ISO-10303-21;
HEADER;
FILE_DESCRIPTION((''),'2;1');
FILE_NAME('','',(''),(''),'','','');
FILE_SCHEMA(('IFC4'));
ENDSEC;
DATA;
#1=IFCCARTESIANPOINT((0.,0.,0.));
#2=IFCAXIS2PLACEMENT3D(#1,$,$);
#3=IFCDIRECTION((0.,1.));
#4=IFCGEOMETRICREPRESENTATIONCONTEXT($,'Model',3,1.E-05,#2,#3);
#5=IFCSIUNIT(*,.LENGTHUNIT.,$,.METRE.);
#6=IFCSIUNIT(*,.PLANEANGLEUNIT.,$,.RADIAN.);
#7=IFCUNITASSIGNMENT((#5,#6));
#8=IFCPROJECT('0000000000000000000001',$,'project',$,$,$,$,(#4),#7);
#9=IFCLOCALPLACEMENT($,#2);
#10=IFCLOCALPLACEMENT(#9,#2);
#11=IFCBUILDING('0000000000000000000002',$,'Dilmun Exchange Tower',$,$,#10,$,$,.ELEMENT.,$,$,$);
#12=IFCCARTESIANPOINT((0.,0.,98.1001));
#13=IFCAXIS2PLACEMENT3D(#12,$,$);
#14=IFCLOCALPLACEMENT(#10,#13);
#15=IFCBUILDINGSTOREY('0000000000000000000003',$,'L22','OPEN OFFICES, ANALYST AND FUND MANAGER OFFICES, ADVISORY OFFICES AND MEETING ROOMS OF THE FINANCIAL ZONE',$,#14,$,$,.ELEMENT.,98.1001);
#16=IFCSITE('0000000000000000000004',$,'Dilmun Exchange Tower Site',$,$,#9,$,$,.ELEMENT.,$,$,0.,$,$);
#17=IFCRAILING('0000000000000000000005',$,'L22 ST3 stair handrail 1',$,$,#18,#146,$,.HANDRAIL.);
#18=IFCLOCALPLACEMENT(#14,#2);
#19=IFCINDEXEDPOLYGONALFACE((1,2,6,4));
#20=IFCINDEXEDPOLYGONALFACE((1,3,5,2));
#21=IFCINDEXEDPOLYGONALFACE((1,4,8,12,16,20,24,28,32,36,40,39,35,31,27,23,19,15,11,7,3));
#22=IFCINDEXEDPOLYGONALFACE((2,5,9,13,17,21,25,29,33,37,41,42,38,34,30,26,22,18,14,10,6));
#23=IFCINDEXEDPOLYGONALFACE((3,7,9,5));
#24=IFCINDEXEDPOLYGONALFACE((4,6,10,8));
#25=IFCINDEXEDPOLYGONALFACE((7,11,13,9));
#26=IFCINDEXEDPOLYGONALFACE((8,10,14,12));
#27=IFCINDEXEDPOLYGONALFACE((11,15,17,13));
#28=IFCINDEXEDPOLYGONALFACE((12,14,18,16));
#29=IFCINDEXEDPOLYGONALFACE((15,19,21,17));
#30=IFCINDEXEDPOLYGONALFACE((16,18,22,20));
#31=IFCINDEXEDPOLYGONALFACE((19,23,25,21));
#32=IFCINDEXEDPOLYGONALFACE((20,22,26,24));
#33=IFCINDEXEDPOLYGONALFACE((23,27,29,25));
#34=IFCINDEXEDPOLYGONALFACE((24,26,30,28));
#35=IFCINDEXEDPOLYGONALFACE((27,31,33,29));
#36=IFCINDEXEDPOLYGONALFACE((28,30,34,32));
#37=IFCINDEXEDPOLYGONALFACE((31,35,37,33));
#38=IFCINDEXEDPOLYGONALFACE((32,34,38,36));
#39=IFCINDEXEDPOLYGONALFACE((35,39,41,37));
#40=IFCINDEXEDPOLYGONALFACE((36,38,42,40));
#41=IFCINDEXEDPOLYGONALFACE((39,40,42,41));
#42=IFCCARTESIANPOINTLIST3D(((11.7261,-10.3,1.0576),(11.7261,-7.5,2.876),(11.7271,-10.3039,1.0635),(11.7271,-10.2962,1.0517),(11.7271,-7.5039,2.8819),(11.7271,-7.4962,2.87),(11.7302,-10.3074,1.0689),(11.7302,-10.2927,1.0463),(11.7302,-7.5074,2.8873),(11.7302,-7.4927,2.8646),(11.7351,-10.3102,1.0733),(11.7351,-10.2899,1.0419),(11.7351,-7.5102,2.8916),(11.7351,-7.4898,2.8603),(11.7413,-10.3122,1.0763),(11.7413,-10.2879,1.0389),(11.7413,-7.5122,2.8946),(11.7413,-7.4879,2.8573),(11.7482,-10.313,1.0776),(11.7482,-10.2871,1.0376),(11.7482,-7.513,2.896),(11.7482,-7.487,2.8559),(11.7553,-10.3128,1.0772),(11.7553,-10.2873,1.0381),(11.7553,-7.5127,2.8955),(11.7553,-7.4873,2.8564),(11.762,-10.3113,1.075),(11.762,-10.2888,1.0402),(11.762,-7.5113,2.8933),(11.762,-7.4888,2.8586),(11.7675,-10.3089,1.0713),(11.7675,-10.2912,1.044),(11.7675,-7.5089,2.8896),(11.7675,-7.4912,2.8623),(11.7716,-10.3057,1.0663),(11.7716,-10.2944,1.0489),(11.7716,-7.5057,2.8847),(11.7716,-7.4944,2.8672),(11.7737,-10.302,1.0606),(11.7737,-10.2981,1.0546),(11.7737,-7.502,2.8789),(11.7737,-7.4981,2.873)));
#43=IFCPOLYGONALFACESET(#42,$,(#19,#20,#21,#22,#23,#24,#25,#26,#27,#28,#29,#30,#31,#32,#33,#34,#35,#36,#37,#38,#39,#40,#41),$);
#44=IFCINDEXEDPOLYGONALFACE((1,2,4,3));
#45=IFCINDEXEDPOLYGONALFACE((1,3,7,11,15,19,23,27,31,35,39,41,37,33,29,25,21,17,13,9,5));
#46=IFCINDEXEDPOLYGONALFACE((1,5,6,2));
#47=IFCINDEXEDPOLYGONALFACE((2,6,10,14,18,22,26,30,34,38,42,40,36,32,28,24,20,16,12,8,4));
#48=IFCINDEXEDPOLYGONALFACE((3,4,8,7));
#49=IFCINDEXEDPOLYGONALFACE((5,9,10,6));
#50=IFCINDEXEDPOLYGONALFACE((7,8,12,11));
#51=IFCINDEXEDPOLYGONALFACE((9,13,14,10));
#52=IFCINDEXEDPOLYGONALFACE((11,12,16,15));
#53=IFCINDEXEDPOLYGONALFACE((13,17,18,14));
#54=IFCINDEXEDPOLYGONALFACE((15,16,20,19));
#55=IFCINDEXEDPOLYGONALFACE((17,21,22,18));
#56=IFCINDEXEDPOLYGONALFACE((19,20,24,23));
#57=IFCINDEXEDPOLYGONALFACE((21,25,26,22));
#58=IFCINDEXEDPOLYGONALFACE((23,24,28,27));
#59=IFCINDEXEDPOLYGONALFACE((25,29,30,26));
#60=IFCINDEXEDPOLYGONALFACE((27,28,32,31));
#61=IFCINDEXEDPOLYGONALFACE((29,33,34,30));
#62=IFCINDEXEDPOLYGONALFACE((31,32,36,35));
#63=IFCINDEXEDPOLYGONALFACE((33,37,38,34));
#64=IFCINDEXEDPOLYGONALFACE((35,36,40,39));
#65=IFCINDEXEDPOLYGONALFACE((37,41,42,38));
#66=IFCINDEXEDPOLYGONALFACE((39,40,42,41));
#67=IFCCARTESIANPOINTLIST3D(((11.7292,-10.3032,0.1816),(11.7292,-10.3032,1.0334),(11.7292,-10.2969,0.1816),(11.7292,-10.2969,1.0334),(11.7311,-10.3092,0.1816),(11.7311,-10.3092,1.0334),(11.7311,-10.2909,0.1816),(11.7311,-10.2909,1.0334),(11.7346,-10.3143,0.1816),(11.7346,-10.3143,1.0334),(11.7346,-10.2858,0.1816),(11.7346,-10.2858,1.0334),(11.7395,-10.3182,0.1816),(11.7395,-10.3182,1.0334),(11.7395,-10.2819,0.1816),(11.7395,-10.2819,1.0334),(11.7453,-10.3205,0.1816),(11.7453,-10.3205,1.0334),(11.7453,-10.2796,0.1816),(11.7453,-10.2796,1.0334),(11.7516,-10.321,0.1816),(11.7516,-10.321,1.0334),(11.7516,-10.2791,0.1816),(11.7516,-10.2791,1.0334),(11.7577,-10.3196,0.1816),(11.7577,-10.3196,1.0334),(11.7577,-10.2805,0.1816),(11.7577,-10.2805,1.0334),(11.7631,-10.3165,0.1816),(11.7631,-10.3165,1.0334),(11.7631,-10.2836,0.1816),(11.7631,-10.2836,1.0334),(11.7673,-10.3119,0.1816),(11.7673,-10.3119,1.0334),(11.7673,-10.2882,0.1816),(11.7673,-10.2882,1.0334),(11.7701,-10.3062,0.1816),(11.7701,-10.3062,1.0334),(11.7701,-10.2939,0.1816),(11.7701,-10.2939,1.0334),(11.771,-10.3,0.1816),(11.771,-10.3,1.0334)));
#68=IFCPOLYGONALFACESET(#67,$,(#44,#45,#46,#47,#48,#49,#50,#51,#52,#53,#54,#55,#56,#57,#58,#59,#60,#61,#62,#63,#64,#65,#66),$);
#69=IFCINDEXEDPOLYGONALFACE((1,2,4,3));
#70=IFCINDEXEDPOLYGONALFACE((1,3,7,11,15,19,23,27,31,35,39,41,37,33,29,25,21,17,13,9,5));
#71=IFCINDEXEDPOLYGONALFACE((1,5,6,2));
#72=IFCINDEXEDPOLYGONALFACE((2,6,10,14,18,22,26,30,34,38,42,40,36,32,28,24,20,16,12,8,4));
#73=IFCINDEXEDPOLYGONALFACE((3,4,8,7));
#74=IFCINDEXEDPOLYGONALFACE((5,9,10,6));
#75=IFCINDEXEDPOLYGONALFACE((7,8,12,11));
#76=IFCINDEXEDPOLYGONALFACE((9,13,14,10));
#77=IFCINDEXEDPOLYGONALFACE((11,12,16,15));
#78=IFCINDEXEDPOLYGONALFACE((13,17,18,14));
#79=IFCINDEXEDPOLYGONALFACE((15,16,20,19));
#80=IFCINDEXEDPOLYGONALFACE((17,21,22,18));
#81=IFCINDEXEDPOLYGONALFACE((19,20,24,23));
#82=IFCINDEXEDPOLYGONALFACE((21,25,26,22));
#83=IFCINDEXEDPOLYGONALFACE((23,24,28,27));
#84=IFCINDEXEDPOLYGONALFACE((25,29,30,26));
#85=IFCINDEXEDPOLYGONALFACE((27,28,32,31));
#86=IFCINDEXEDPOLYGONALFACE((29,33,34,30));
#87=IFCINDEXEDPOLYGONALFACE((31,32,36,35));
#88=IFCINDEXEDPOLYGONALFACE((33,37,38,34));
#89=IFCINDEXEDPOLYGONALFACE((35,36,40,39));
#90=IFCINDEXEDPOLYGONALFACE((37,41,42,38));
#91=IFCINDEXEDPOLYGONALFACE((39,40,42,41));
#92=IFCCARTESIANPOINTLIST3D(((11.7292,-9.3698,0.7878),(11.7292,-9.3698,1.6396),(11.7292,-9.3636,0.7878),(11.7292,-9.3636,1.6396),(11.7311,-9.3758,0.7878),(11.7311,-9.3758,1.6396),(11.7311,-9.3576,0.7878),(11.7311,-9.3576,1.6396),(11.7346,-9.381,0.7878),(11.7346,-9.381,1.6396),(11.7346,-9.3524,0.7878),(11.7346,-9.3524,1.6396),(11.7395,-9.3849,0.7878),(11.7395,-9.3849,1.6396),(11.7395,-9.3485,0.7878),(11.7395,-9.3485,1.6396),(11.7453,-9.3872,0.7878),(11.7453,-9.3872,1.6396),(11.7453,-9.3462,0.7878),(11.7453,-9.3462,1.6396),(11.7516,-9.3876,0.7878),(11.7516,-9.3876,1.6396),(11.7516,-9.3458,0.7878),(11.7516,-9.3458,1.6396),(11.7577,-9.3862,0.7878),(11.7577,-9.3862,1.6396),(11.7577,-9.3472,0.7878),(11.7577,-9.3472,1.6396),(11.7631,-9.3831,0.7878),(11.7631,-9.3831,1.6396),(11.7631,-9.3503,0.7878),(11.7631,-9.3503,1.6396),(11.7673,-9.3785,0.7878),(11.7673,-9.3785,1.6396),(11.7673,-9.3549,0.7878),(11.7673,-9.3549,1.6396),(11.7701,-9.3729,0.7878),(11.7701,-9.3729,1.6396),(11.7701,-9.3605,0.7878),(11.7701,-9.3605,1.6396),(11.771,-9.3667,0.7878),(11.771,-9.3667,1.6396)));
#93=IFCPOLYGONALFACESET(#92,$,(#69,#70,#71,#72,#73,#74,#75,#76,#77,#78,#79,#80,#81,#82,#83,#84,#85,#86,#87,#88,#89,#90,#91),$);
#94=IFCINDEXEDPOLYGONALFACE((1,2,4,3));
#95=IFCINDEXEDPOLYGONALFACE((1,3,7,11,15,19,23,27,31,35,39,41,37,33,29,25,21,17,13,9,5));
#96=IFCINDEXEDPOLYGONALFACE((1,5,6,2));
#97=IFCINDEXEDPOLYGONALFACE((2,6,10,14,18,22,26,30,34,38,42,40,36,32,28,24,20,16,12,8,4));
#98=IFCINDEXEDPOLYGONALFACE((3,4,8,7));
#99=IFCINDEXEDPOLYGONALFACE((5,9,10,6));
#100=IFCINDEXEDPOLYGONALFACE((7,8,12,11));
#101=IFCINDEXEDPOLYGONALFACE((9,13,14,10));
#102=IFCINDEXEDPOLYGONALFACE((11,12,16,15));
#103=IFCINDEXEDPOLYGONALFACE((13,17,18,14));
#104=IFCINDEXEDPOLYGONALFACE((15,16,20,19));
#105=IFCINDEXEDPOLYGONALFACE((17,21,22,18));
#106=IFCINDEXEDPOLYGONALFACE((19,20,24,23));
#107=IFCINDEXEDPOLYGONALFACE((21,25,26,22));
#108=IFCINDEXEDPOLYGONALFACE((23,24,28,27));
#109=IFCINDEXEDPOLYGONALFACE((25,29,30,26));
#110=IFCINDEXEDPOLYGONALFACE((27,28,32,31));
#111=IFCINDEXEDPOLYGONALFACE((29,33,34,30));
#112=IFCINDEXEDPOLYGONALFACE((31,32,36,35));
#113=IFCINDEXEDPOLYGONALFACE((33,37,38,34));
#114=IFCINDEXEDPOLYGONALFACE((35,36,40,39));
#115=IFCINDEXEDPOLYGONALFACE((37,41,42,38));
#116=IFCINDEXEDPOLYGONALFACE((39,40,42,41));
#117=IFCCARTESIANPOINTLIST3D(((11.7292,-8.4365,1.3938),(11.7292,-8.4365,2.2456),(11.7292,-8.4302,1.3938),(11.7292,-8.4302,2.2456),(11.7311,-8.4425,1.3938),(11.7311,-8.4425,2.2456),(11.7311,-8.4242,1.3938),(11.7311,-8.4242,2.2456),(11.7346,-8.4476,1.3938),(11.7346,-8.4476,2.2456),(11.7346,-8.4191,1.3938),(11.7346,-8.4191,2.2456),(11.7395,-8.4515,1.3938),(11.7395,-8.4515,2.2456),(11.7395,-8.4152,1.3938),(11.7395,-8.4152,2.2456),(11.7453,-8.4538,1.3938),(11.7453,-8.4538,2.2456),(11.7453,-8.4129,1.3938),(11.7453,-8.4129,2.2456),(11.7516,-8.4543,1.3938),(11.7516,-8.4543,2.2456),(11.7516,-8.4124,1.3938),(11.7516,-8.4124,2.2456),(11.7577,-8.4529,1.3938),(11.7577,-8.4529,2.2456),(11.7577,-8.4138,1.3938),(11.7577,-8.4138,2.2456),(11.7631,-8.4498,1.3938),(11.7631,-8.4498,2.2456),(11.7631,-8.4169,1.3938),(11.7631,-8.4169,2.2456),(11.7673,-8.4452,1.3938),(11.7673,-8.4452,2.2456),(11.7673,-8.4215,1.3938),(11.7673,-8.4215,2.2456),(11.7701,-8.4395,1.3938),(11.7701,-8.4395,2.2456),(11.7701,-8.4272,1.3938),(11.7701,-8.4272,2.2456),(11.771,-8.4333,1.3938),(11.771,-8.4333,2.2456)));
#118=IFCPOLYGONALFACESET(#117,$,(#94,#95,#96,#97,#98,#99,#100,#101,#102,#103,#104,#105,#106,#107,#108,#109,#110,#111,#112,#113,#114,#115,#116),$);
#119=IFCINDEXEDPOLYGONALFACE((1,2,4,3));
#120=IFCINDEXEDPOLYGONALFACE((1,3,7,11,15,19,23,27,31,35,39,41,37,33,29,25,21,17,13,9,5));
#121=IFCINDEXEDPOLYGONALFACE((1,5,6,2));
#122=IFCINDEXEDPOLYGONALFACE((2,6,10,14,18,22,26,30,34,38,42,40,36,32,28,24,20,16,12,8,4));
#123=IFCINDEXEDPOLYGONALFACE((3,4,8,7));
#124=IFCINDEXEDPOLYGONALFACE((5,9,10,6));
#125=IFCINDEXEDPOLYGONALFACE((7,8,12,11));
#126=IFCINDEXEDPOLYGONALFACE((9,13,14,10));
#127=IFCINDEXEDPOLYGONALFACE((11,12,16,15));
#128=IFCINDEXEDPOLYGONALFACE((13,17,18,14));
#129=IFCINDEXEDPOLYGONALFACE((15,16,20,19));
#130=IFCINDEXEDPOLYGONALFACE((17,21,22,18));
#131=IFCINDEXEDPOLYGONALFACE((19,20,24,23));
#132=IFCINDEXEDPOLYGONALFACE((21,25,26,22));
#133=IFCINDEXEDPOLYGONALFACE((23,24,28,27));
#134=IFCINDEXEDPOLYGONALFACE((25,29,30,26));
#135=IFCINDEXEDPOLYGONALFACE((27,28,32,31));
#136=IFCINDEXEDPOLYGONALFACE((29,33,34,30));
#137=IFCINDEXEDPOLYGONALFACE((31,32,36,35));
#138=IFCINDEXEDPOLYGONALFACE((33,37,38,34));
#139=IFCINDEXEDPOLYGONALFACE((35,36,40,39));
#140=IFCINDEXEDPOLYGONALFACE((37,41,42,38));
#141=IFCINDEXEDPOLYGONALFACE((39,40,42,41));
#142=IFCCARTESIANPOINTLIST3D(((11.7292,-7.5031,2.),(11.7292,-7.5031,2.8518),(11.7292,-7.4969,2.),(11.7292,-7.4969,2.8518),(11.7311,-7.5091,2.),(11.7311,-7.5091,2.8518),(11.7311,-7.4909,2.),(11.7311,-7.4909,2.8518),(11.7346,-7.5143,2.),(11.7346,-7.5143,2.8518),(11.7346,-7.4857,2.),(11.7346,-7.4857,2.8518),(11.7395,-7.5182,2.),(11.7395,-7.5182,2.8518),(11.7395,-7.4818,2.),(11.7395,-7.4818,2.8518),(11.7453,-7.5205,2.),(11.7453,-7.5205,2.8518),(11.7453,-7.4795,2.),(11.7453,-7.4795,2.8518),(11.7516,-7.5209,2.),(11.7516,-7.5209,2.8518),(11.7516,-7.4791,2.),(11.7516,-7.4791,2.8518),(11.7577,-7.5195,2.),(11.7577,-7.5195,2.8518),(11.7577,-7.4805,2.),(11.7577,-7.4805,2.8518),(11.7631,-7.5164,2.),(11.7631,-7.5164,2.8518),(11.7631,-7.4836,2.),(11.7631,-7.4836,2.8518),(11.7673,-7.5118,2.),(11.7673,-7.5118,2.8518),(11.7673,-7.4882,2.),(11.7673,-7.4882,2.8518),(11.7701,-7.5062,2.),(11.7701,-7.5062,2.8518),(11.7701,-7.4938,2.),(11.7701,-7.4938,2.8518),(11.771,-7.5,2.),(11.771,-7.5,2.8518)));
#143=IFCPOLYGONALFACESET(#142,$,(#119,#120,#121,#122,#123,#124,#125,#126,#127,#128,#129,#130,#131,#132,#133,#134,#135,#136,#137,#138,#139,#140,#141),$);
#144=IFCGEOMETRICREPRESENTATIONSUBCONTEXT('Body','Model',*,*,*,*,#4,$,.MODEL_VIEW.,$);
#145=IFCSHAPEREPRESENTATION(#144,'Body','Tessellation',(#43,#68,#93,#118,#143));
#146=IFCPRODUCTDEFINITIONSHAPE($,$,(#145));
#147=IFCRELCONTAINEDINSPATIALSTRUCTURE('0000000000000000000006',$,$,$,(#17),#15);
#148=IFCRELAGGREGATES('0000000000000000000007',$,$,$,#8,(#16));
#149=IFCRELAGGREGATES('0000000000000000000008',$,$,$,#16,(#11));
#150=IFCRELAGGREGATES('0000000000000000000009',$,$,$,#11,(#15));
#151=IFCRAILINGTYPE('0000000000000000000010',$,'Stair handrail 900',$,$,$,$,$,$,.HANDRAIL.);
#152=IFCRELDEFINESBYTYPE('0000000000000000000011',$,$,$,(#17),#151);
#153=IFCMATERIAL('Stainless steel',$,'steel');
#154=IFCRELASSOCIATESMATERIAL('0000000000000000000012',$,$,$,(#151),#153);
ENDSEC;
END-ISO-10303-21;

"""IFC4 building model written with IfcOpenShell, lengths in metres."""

from ifc_helpers import new_model, si_unit, direction, frame, origin, origin_2d, place, context, subcontext, project, spatial, circle, extrude, material, type_object, element, save


model = new_model("IFC4")

# Units and contexts
model_context = context("Model", 3, precision=1e-05, world=origin(), true_north=direction((0.0, 1.0)))
body_context = subcontext(model_context, "Body", "Model", "MODEL_VIEW")
ifc_project = project(units=[si_unit("LENGTHUNIT", "METRE"), si_unit("PLANEANGLEUNIT", "RADIAN")], contexts=[model_context])

# Site, building, storey
site_placement = place(None, origin())
site = spatial("IfcSite", under=ifc_project, at=site_placement, Name="Dilmun Exchange Tower Site", CompositionType="ELEMENT", RefElevation=0.0)
building_placement = place(site_placement, origin())
building = spatial("IfcBuilding", under=site, at=building_placement, Name="Dilmun Exchange Tower", CompositionType="ELEMENT")
storey_placement = place(building_placement, frame((0.0, 0.0, 98.1001)))
storey = spatial("IfcBuildingStorey", under=building, at=storey_placement, Name="L22", Description="OPEN OFFICES, ANALYST AND FUND MANAGER OFFICES, ADVISORY OFFICES AND MEETING ROOMS OF THE FINANCIAL ZONE", CompositionType="ELEMENT", Elevation=98.1001)

# Railing
ifc_material_1 = material(Name="Stainless steel", Category="steel")
railing_type = type_object("IfcRailingType", Name="Stair handrail 900", PredefinedType="HANDRAIL", material=ifc_material_1)
railing_placement = place(storey_placement, frame((11.75, -10.3, 0.1816)))
element("IfcRailing", 1, at=railing_placement, inside=storey, type_object=railing_type, Name="L22 ST3 stair handrail 1", PredefinedType="HANDRAIL", context=body_context, shape_type="SweptSolid", body=[
    extrude(circle(Radius=0.0239, at=origin_2d()), frame((0.0, 0.0, 0.876), z_axis=(0.0, 0.838672, 0.544636), x_axis=(-1.0, 0.0, 0.0)), (0.0, 0.0, 1.0), 3.3386),
    extrude(circle(Radius=0.021, at=origin_2d()), origin(), (0.0, 0.0, 1.0), 0.8518),
    extrude(circle(Radius=0.021, at=origin_2d()), frame((0.0, 0.9333, 0.6062)), (0.0, 0.0, 1.0), 0.8518),
    extrude(circle(Radius=0.021, at=origin_2d()), frame((0.0, 1.8667, 1.2122)), (0.0, 0.0, 1.0), 0.8518),
    extrude(circle(Radius=0.021, at=origin_2d()), frame((0.0, 2.8, 1.8184)), (0.0, 0.0, 1.0), 0.8518),
])

save(model, "model.ifc")
